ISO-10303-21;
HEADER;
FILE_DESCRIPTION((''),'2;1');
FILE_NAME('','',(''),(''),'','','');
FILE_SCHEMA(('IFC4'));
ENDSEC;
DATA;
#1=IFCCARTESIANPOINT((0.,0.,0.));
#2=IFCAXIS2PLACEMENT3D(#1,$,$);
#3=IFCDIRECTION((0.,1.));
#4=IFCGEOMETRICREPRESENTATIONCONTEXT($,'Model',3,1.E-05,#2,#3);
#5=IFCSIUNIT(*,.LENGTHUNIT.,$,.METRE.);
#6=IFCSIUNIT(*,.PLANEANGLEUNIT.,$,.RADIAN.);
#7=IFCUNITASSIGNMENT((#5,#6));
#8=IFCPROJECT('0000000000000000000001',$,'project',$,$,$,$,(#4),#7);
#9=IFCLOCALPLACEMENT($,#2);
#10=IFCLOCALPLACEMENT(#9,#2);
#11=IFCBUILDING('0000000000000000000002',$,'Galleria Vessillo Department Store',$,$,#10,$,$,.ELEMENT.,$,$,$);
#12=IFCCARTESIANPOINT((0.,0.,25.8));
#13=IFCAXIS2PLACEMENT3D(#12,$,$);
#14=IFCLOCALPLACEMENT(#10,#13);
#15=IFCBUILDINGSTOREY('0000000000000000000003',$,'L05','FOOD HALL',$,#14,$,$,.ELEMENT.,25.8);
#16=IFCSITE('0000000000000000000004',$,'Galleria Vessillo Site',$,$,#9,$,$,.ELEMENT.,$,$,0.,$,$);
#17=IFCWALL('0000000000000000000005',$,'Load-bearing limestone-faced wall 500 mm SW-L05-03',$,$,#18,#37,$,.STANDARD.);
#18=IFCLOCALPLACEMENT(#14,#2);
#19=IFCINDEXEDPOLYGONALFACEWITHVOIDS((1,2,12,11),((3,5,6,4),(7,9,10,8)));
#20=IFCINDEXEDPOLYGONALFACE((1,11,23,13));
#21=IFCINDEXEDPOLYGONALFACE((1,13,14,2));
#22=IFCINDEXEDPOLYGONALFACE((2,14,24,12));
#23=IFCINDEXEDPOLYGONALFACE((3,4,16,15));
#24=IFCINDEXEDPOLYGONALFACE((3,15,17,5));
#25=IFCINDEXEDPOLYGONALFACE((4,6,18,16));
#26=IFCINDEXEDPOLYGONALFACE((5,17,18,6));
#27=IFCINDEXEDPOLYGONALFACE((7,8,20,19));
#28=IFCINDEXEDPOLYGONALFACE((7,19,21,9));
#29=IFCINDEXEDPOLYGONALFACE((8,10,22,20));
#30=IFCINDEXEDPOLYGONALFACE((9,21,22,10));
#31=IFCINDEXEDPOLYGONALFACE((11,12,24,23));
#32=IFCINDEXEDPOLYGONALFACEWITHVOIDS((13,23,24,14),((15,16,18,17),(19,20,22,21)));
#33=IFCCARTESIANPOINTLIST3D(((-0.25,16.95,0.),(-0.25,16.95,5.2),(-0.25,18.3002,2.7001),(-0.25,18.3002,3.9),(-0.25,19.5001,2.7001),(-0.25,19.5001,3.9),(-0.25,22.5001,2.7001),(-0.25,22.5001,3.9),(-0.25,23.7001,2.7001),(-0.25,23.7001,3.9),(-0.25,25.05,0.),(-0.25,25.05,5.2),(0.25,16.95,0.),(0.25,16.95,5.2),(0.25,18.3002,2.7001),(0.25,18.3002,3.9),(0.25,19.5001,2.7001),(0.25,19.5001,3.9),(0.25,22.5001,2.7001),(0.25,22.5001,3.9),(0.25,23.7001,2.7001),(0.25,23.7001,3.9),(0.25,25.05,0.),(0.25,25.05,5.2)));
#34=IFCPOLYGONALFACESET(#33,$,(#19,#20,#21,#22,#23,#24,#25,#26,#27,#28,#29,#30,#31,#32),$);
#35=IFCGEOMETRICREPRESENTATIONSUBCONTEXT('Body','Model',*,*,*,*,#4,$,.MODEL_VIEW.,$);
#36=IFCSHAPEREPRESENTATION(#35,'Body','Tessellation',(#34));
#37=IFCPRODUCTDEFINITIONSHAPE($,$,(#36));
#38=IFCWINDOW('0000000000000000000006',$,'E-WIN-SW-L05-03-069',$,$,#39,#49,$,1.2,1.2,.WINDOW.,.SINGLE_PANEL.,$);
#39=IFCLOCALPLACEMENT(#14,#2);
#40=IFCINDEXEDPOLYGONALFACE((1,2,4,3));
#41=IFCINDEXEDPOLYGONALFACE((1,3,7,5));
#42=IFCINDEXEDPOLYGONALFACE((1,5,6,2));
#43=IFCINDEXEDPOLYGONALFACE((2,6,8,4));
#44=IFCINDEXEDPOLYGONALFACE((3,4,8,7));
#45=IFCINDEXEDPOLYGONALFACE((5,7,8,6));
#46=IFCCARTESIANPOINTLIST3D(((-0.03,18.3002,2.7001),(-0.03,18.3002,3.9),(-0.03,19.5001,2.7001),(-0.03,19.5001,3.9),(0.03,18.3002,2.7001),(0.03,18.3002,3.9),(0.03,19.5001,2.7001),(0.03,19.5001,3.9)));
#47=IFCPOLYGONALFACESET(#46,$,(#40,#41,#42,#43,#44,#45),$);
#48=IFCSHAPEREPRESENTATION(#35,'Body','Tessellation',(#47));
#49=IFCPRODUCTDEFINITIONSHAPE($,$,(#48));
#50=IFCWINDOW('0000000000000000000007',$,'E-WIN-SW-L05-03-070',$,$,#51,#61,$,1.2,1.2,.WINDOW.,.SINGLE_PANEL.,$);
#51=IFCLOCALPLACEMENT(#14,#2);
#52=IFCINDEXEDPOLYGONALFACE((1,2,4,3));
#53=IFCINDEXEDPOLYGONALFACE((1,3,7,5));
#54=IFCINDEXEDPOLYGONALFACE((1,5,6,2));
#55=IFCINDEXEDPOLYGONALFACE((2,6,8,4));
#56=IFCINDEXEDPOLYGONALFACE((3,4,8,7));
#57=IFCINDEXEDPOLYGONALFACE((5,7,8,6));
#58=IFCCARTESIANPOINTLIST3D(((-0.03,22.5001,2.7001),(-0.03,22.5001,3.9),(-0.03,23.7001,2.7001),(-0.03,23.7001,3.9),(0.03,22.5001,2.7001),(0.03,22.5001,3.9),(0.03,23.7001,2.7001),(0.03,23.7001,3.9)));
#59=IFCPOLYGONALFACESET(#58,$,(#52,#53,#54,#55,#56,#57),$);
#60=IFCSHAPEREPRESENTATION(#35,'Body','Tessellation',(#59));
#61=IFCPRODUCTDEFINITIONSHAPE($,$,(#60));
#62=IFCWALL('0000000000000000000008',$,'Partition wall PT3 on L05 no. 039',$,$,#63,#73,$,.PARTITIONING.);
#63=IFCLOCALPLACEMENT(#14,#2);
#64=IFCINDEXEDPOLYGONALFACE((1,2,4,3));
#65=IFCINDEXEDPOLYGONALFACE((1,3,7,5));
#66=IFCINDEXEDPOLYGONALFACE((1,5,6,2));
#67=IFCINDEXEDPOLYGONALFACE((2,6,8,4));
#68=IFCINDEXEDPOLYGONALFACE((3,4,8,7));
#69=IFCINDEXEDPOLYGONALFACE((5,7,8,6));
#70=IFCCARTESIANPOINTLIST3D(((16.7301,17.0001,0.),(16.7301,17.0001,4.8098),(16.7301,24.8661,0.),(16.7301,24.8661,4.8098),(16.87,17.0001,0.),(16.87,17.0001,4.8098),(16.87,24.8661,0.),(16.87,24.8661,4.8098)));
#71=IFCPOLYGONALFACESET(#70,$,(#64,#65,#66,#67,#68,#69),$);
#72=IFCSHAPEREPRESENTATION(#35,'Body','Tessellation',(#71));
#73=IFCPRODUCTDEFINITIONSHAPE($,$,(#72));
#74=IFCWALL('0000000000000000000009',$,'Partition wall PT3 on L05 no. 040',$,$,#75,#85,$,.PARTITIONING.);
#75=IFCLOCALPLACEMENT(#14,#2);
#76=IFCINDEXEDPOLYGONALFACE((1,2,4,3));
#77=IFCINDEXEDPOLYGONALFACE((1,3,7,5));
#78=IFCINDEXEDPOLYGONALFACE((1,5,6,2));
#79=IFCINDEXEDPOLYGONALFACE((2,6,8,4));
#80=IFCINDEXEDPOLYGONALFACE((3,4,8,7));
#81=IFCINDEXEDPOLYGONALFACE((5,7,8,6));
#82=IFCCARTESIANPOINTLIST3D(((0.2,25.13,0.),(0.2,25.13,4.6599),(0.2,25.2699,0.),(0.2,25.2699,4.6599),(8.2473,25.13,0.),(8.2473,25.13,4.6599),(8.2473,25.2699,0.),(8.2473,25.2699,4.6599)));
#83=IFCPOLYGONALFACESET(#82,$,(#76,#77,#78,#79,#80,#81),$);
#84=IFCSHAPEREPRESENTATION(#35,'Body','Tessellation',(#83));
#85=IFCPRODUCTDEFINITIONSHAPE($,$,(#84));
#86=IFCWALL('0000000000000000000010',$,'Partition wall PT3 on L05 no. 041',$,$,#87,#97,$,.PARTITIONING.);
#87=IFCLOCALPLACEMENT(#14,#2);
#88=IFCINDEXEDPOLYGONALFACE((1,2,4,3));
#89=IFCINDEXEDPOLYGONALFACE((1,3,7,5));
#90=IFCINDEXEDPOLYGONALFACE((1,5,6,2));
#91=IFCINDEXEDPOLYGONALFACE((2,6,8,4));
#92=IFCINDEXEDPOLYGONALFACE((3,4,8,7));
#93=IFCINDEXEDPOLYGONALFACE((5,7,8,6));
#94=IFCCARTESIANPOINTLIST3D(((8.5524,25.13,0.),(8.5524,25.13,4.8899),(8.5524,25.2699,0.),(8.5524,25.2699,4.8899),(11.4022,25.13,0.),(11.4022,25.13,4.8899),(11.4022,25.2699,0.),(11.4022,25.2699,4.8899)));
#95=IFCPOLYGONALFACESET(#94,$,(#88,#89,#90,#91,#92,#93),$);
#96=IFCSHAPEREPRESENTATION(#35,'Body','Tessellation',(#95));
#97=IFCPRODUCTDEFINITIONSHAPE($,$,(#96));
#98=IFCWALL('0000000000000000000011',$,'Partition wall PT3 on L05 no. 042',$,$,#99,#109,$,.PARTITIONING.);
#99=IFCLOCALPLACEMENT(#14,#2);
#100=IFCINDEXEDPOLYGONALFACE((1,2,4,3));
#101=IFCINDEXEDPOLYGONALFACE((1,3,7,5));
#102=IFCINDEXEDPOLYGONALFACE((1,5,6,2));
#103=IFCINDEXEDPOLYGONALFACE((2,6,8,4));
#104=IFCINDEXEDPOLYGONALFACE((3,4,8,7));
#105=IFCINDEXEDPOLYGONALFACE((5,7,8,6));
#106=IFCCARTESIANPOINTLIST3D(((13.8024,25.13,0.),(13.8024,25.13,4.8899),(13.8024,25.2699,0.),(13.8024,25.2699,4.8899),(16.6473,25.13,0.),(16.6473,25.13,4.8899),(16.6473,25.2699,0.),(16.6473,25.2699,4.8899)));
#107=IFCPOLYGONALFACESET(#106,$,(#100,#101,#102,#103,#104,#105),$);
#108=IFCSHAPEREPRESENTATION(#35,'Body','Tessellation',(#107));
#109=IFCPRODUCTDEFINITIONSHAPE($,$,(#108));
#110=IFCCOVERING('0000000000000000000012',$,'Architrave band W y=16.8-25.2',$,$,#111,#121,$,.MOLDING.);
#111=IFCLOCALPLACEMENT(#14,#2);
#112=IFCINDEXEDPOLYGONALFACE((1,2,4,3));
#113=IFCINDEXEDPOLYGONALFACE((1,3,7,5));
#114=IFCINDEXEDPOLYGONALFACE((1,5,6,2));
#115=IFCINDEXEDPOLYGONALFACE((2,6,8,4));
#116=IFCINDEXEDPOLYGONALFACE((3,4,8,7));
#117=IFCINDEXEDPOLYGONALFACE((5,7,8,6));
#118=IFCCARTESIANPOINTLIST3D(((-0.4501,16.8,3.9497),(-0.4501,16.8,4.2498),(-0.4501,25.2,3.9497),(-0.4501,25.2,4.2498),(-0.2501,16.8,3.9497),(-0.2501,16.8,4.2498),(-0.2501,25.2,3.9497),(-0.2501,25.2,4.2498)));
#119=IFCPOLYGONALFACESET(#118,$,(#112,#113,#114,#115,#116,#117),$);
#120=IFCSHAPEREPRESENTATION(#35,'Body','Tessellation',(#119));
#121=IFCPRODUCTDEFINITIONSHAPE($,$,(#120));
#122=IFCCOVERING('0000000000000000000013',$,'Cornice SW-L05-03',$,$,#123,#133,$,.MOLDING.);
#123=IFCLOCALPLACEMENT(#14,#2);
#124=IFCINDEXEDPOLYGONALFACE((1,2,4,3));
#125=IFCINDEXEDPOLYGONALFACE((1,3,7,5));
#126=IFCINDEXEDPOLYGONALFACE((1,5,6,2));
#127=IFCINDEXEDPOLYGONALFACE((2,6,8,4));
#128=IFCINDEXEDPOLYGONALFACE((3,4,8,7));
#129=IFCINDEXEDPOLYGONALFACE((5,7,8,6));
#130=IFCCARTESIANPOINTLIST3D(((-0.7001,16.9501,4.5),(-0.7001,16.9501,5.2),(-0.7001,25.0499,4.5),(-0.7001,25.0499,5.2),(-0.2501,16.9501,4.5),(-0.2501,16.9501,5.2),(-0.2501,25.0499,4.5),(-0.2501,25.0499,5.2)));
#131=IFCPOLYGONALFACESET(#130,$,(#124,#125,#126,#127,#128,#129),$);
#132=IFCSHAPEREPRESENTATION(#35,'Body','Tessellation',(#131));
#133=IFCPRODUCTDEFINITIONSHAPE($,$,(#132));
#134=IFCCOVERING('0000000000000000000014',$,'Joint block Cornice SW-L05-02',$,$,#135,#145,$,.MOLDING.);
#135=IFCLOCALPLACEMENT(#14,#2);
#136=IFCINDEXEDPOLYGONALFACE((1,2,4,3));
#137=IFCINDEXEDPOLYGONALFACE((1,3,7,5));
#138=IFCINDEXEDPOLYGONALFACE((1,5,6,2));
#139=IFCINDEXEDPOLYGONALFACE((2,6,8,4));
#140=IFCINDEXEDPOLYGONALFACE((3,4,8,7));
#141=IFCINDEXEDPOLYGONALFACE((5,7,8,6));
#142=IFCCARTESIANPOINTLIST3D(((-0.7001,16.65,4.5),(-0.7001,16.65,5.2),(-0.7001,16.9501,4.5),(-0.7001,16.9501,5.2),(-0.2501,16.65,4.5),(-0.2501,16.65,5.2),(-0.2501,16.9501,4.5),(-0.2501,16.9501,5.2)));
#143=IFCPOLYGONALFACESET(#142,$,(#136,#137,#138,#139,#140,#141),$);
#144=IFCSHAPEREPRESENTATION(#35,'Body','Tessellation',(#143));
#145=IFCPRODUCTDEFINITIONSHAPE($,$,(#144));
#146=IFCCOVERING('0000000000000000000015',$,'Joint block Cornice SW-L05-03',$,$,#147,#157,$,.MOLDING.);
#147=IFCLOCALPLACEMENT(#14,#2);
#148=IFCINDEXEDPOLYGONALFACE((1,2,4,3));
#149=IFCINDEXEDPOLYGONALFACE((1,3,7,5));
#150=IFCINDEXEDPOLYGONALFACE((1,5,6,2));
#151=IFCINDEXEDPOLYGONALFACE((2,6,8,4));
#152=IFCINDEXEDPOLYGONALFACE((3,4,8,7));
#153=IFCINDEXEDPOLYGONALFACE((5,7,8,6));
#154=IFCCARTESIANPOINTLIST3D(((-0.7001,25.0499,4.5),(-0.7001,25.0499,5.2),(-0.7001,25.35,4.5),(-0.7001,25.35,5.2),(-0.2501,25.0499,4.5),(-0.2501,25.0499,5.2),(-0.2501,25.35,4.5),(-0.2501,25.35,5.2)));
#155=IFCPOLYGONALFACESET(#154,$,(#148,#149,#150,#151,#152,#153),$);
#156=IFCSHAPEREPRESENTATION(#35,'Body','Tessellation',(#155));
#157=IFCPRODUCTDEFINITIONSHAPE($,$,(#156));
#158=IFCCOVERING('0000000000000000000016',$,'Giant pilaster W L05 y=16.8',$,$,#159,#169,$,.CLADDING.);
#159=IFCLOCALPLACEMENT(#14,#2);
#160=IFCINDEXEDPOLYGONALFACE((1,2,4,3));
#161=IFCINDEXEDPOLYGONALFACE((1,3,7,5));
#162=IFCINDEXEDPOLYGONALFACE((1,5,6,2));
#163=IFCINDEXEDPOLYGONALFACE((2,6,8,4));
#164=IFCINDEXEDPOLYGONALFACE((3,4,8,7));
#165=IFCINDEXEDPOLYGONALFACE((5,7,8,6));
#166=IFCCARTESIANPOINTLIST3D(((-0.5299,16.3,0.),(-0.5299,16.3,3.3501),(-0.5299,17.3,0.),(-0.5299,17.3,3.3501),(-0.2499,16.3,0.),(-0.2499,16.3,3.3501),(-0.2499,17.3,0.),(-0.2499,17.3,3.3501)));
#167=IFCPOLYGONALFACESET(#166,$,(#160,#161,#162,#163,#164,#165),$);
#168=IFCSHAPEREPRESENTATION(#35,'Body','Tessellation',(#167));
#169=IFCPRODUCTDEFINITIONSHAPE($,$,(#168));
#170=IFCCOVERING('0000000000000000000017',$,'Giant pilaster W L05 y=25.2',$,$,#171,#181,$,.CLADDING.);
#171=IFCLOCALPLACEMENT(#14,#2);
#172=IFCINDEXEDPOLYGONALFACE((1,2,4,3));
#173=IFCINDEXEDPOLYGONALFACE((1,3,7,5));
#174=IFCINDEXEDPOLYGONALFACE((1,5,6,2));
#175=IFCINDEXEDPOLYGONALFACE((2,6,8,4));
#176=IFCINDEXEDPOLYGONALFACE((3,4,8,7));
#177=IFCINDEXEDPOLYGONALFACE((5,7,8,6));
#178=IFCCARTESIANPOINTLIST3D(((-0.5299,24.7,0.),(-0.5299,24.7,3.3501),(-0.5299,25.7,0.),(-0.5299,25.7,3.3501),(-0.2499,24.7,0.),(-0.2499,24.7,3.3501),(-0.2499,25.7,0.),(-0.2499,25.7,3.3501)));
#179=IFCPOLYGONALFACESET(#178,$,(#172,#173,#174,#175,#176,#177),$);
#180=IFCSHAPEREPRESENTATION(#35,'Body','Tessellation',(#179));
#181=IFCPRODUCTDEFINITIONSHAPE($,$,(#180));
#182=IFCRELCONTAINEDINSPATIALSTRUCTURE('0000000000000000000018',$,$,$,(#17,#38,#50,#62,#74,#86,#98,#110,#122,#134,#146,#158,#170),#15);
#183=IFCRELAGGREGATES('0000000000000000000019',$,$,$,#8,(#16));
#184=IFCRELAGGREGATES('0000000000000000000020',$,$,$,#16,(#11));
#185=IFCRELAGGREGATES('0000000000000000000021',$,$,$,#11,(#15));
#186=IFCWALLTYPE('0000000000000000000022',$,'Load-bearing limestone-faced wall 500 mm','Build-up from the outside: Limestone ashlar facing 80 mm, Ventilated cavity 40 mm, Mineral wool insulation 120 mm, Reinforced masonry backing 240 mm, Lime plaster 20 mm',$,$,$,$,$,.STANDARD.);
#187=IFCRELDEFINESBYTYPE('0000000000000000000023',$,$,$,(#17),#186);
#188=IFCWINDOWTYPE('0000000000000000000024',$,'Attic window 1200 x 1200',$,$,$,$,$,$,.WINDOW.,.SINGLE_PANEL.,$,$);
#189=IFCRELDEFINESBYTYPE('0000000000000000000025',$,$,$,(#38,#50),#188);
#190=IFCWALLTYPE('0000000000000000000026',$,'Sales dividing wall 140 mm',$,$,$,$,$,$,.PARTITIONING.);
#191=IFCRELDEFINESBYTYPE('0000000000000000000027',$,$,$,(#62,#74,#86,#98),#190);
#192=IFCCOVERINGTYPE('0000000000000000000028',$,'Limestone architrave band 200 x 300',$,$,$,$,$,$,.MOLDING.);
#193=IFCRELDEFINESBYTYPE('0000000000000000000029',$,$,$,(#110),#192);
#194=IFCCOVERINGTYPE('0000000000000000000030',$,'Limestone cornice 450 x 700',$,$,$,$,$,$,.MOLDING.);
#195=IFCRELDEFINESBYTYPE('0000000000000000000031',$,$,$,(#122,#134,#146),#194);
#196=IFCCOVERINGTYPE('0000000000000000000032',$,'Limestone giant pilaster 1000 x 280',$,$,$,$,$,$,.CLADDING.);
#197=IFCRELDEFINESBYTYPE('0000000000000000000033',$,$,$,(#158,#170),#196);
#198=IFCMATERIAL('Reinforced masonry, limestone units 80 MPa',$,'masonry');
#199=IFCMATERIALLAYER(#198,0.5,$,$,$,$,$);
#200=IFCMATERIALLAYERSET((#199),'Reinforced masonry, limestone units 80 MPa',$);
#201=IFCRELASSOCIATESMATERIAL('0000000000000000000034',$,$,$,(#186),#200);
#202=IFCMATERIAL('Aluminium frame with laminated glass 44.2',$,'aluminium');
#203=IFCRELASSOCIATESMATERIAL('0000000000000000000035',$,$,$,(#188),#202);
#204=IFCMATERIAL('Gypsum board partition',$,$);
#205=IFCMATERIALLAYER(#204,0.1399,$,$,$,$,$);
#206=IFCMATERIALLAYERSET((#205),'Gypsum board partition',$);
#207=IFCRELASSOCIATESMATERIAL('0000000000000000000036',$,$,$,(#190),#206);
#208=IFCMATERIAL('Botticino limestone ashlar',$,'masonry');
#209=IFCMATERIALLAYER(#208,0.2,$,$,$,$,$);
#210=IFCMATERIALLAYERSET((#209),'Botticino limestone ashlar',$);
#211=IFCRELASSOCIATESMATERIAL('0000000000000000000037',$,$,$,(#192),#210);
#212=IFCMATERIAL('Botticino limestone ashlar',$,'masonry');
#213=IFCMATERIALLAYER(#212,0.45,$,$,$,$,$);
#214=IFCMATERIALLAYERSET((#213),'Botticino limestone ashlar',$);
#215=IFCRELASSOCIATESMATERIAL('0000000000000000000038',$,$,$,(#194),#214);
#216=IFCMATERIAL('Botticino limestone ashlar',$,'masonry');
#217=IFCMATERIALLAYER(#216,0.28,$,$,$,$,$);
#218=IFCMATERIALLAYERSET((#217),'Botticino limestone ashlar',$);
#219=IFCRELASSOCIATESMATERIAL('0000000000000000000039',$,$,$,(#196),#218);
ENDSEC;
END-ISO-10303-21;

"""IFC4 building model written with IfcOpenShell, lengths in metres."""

from ifc_helpers import new_model, si_unit, direction, frame, frame_2d, origin, origin_2d, place, context, subcontext, project, spatial, rectangle, extrude, material, layer, layer_set, type_object, element, fill, save


model = new_model("IFC4")

# Units and contexts
model_context = context("Model", 3, precision=1e-05, world=origin(), true_north=direction((0.0, 1.0)))
body_context = subcontext(model_context, "Body", "Model", "MODEL_VIEW")
ifc_project = project(units=[si_unit("LENGTHUNIT", "METRE"), si_unit("PLANEANGLEUNIT", "RADIAN")], contexts=[model_context])

# Site, building, storey
site_placement = place(None, origin())
site = spatial("IfcSite", under=ifc_project, at=site_placement, Name="Galleria Vessillo Site", CompositionType="ELEMENT", RefElevation=0.0)
building_placement = place(site_placement, origin())
building = spatial("IfcBuilding", under=site, at=building_placement, Name="Galleria Vessillo Department Store", CompositionType="ELEMENT")
storey_placement = place(building_placement, frame((0.0, 0.0, 25.8)))
storey = spatial("IfcBuildingStorey", under=building, at=storey_placement, Name="L05", Description="FOOD HALL", CompositionType="ELEMENT", Elevation=25.8)

# Wall, openings, windows
ifc_material_1 = material(Name="Reinforced masonry, limestone units 80 MPa", Category="masonry")
ifc_layer_1 = layer(ifc_material_1, 0.5)
ifc_layer_set_1 = layer_set([ifc_layer_1], Name="Reinforced masonry, limestone units 80 MPa")
wall_type_1 = type_object("IfcWallType", Name="Load-bearing limestone-faced wall 500 mm", Description="Build-up from the outside: Limestone ashlar facing 80 mm, Ventilated cavity 40 mm, Mineral wool insulation 120 mm, Reinforced masonry backing 240 mm, Lime plaster 20 mm", PredefinedType="STANDARD", material=ifc_layer_set_1)
wall_1_placement = place(storey_placement, frame((0.0, 16.95, 0.0), z_axis=(0.0, 0.0, 1.0), x_axis=(0.0, 1.0, 0.0)))
wall_1 = element("IfcWall", 1, at=wall_1_placement, inside=storey, type_object=wall_type_1, Name="Load-bearing limestone-faced wall 500 mm SW-L05-03", PredefinedType="STANDARD", context=body_context, shape_type="SweptSolid", body=[
    extrude(rectangle(XDim=8.1001, YDim=0.5, at=frame_2d((4.05, 0.0))), origin(), (0.0, 0.0, 1.0), 5.2),
])
opening_1_placement = place(wall_1_placement, frame((1.3501, 0.0, 2.7)))
opening_1 = element("IfcOpeningElement", 2, at=opening_1_placement, cuts=wall_1, PredefinedType="OPENING", context=body_context, shape_type="SweptSolid", body=[
    extrude(rectangle(XDim=1.2, YDim=1.2, at=frame_2d((0.6001, 0.6001))), frame((0.0, 0.26, 0.0), z_axis=(0.0, -1.0, 0.0), x_axis=(1.0, 0.0, 0.0)), (0.0, 0.0, 1.0), 0.52),
])
opening_2_placement = place(wall_1_placement, frame((5.55, 0.0, 2.7)))
opening_2 = element("IfcOpeningElement", 3, at=opening_2_placement, cuts=wall_1, PredefinedType="OPENING", context=body_context, shape_type="SweptSolid", body=[
    extrude(rectangle(XDim=1.2, YDim=1.2, at=frame_2d((0.6001, 0.6001))), frame((0.0, 0.26, 0.0), z_axis=(0.0, -1.0, 0.0), x_axis=(1.0, 0.0, 0.0)), (0.0, 0.0, 1.0), 0.52),
])
ifc_material_2 = material(Name="Aluminium frame with laminated glass 44.2", Category="aluminium")
window_type = type_object("IfcWindowType", Name="Attic window 1200 x 1200", PartitioningType="SINGLE_PANEL", PredefinedType="WINDOW", material=ifc_material_2)
window_1_placement = place(opening_1_placement, origin())
window_1 = element("IfcWindow", 4, at=window_1_placement, inside=storey, type_object=window_type, Name="E-WIN-SW-L05-03-069", OverallHeight=1.2, OverallWidth=1.2, PartitioningType="SINGLE_PANEL", PredefinedType="WINDOW", context=body_context, shape_type="SweptSolid", body=[
    extrude(rectangle(XDim=1.2, YDim=1.2, at=frame_2d((0.6001, 0.6001))), frame((0.0, 0.03, 0.0), z_axis=(0.0, -1.0, 0.0), x_axis=(1.0, 0.0, 0.0)), (0.0, 0.0, 1.0), 0.0601),
])
fill(opening_1, window_1)
window_2_placement = place(opening_2_placement, origin())
window_2 = element("IfcWindow", 5, at=window_2_placement, inside=storey, type_object=window_type, Name="E-WIN-SW-L05-03-070", OverallHeight=1.2, OverallWidth=1.2, PartitioningType="SINGLE_PANEL", PredefinedType="WINDOW", context=body_context, shape_type="SweptSolid", body=[
    extrude(rectangle(XDim=1.2, YDim=1.2, at=frame_2d((0.6001, 0.6001))), frame((0.0, 0.03, 0.0), z_axis=(0.0, -1.0, 0.0), x_axis=(1.0, 0.0, 0.0)), (0.0, 0.0, 1.0), 0.0601),
])
fill(opening_2, window_2)

# Walls
ifc_material_3 = material(Name="Gypsum board partition")
ifc_layer_2 = layer(ifc_material_3, 0.1399)
ifc_layer_set_2 = layer_set([ifc_layer_2], Name="Gypsum board partition")
wall_type_2 = type_object("IfcWallType", Name="Sales dividing wall 140 mm", PredefinedType="PARTITIONING", material=ifc_layer_set_2)
wall_2_placement = place(storey_placement, frame((16.8, 17.0, 0.0), z_axis=(0.0, 0.0, 1.0), x_axis=(0.0, 1.0, 0.0)))
element("IfcWall", 6, at=wall_2_placement, inside=storey, type_object=wall_type_2, Name="Partition wall PT3 on L05 no. 039", PredefinedType="PARTITIONING", context=body_context, shape_type="SweptSolid", body=[
    extrude(rectangle(XDim=7.866, YDim=0.1399, at=frame_2d((3.9331, 0.0))), origin(), (0.0, 0.0, 1.0), 4.8098),
])
wall_3_placement = place(storey_placement, frame((0.2, 25.2, 0.0), z_axis=(0.0, 0.0, 1.0), x_axis=(1.0, 0.0, 0.0)))
element("IfcWall", 7, at=wall_3_placement, inside=storey, type_object=wall_type_2, Name="Partition wall PT3 on L05 no. 040", PredefinedType="PARTITIONING", context=body_context, shape_type="SweptSolid", body=[
    extrude(rectangle(XDim=8.0474, YDim=0.1399, at=frame_2d((4.0237, 0.0))), origin(), (0.0, 0.0, 1.0), 4.6599),
])
wall_4_placement = place(storey_placement, frame((8.5525, 25.2, 0.0), z_axis=(0.0, 0.0, 1.0), x_axis=(1.0, 0.0, 0.0)))
element("IfcWall", 8, at=wall_4_placement, inside=storey, type_object=wall_type_2, Name="Partition wall PT3 on L05 no. 041", PredefinedType="PARTITIONING", context=body_context, shape_type="SweptSolid", body=[
    extrude(rectangle(XDim=2.8499, YDim=0.1399, at=frame_2d((1.4248, 0.0))), origin(), (0.0, 0.0, 1.0), 4.8899),
])
wall_5_placement = place(storey_placement, frame((13.8025, 25.2, 0.0), z_axis=(0.0, 0.0, 1.0), x_axis=(1.0, 0.0, 0.0)))
element("IfcWall", 9, at=wall_5_placement, inside=storey, type_object=wall_type_2, Name="Partition wall PT3 on L05 no. 042", PredefinedType="PARTITIONING", context=body_context, shape_type="SweptSolid", body=[
    extrude(rectangle(XDim=2.845, YDim=0.1399, at=frame_2d((1.4224, 0.0))), origin(), (0.0, 0.0, 1.0), 4.8899),
])

# Coverings
ifc_material_4 = material(Name="Botticino limestone ashlar", Category="masonry")
ifc_layer_3 = layer(ifc_material_4, 0.2)
ifc_layer_set_3 = layer_set([ifc_layer_3], Name="Botticino limestone ashlar")
covering_type_1 = type_object("IfcCoveringType", Name="Limestone architrave band 200 x 300", PredefinedType="MOLDING", material=ifc_layer_set_3)
covering_1_placement = place(storey_placement, frame((-0.3501, 21.0, 3.9497), z_axis=(0.0, 0.0, 1.0), x_axis=(1.0, 0.0, 0.0)))
element("IfcCovering", 10, at=covering_1_placement, inside=storey, type_object=covering_type_1, Name="Architrave band W y=16.8-25.2", PredefinedType="MOLDING", context=body_context, shape_type="SweptSolid", body=[
    extrude(rectangle(XDim=0.2, YDim=8.3999, at=origin_2d()), origin(), (0.0, 0.0, 1.0), 0.3),
])
ifc_material_5 = material(Name="Botticino limestone ashlar", Category="masonry")
ifc_layer_4 = layer(ifc_material_5, 0.45)
ifc_layer_set_4 = layer_set([ifc_layer_4], Name="Botticino limestone ashlar")
covering_type_2 = type_object("IfcCoveringType", Name="Limestone cornice 450 x 700", PredefinedType="MOLDING", material=ifc_layer_set_4)
covering_2_placement = place(storey_placement, frame((-0.4751, 21.0, 4.5), z_axis=(0.0, 0.0, 1.0), x_axis=(1.0, 0.0, 0.0)))
element("IfcCovering", 11, at=covering_2_placement, inside=storey, type_object=covering_type_2, Name="Cornice SW-L05-03", PredefinedType="MOLDING", context=body_context, shape_type="SweptSolid", body=[
    extrude(rectangle(XDim=0.45, YDim=8.0999, at=origin_2d()), origin(), (0.0, 0.0, 1.0), 0.7),
])
for number, where, z_axis, x_axis, name in (
    (12, (-0.4751, 16.8, 4.5), (0.0, 0.0, 1.0), (1.0, 0.0, 0.0), "Joint block Cornice SW-L05-02"),
    (13, (-0.4751, 25.2, 4.5), (0.0, 0.0, 1.0), (1.0, 0.0, 0.0), "Joint block Cornice SW-L05-03"),
):
    element("IfcCovering", number, at=place(storey_placement, frame(where, z_axis=z_axis, x_axis=x_axis)), inside=storey, type_object=covering_type_2, Name=name, PredefinedType="MOLDING", context=body_context, shape_type="SweptSolid", body=[
        extrude(rectangle(XDim=0.45, YDim=0.3, at=origin_2d()), origin(), (0.0, 0.0, 1.0), 0.7),
    ])
ifc_material_6 = material(Name="Botticino limestone ashlar", Category="masonry")
ifc_layer_5 = layer(ifc_material_6, 0.28)
ifc_layer_set_5 = layer_set([ifc_layer_5], Name="Botticino limestone ashlar")
covering_type_3 = type_object("IfcCoveringType", Name="Limestone giant pilaster 1000 x 280", PredefinedType="CLADDING", material=ifc_layer_set_5)
for number, where, z_axis, x_axis, name in (
    (14, (-0.3899, 16.8, 0.0), (0.0, 0.0, 1.0), (1.0, 0.0, 0.0), "Giant pilaster W L05 y=16.8"),
    (15, (-0.3899, 25.2, 0.0), (0.0, 0.0, 1.0), (1.0, 0.0, 0.0), "Giant pilaster W L05 y=25.2"),
):
    element("IfcCovering", number, at=place(storey_placement, frame(where, z_axis=z_axis, x_axis=x_axis)), inside=storey, type_object=covering_type_3, Name=name, PredefinedType="CLADDING", context=body_context, shape_type="SweptSolid", body=[
        extrude(rectangle(XDim=0.28, YDim=1.0, at=origin_2d()), origin(), (0.0, 0.0, 1.0), 3.3501),
    ])

save(model, "model.ifc")
